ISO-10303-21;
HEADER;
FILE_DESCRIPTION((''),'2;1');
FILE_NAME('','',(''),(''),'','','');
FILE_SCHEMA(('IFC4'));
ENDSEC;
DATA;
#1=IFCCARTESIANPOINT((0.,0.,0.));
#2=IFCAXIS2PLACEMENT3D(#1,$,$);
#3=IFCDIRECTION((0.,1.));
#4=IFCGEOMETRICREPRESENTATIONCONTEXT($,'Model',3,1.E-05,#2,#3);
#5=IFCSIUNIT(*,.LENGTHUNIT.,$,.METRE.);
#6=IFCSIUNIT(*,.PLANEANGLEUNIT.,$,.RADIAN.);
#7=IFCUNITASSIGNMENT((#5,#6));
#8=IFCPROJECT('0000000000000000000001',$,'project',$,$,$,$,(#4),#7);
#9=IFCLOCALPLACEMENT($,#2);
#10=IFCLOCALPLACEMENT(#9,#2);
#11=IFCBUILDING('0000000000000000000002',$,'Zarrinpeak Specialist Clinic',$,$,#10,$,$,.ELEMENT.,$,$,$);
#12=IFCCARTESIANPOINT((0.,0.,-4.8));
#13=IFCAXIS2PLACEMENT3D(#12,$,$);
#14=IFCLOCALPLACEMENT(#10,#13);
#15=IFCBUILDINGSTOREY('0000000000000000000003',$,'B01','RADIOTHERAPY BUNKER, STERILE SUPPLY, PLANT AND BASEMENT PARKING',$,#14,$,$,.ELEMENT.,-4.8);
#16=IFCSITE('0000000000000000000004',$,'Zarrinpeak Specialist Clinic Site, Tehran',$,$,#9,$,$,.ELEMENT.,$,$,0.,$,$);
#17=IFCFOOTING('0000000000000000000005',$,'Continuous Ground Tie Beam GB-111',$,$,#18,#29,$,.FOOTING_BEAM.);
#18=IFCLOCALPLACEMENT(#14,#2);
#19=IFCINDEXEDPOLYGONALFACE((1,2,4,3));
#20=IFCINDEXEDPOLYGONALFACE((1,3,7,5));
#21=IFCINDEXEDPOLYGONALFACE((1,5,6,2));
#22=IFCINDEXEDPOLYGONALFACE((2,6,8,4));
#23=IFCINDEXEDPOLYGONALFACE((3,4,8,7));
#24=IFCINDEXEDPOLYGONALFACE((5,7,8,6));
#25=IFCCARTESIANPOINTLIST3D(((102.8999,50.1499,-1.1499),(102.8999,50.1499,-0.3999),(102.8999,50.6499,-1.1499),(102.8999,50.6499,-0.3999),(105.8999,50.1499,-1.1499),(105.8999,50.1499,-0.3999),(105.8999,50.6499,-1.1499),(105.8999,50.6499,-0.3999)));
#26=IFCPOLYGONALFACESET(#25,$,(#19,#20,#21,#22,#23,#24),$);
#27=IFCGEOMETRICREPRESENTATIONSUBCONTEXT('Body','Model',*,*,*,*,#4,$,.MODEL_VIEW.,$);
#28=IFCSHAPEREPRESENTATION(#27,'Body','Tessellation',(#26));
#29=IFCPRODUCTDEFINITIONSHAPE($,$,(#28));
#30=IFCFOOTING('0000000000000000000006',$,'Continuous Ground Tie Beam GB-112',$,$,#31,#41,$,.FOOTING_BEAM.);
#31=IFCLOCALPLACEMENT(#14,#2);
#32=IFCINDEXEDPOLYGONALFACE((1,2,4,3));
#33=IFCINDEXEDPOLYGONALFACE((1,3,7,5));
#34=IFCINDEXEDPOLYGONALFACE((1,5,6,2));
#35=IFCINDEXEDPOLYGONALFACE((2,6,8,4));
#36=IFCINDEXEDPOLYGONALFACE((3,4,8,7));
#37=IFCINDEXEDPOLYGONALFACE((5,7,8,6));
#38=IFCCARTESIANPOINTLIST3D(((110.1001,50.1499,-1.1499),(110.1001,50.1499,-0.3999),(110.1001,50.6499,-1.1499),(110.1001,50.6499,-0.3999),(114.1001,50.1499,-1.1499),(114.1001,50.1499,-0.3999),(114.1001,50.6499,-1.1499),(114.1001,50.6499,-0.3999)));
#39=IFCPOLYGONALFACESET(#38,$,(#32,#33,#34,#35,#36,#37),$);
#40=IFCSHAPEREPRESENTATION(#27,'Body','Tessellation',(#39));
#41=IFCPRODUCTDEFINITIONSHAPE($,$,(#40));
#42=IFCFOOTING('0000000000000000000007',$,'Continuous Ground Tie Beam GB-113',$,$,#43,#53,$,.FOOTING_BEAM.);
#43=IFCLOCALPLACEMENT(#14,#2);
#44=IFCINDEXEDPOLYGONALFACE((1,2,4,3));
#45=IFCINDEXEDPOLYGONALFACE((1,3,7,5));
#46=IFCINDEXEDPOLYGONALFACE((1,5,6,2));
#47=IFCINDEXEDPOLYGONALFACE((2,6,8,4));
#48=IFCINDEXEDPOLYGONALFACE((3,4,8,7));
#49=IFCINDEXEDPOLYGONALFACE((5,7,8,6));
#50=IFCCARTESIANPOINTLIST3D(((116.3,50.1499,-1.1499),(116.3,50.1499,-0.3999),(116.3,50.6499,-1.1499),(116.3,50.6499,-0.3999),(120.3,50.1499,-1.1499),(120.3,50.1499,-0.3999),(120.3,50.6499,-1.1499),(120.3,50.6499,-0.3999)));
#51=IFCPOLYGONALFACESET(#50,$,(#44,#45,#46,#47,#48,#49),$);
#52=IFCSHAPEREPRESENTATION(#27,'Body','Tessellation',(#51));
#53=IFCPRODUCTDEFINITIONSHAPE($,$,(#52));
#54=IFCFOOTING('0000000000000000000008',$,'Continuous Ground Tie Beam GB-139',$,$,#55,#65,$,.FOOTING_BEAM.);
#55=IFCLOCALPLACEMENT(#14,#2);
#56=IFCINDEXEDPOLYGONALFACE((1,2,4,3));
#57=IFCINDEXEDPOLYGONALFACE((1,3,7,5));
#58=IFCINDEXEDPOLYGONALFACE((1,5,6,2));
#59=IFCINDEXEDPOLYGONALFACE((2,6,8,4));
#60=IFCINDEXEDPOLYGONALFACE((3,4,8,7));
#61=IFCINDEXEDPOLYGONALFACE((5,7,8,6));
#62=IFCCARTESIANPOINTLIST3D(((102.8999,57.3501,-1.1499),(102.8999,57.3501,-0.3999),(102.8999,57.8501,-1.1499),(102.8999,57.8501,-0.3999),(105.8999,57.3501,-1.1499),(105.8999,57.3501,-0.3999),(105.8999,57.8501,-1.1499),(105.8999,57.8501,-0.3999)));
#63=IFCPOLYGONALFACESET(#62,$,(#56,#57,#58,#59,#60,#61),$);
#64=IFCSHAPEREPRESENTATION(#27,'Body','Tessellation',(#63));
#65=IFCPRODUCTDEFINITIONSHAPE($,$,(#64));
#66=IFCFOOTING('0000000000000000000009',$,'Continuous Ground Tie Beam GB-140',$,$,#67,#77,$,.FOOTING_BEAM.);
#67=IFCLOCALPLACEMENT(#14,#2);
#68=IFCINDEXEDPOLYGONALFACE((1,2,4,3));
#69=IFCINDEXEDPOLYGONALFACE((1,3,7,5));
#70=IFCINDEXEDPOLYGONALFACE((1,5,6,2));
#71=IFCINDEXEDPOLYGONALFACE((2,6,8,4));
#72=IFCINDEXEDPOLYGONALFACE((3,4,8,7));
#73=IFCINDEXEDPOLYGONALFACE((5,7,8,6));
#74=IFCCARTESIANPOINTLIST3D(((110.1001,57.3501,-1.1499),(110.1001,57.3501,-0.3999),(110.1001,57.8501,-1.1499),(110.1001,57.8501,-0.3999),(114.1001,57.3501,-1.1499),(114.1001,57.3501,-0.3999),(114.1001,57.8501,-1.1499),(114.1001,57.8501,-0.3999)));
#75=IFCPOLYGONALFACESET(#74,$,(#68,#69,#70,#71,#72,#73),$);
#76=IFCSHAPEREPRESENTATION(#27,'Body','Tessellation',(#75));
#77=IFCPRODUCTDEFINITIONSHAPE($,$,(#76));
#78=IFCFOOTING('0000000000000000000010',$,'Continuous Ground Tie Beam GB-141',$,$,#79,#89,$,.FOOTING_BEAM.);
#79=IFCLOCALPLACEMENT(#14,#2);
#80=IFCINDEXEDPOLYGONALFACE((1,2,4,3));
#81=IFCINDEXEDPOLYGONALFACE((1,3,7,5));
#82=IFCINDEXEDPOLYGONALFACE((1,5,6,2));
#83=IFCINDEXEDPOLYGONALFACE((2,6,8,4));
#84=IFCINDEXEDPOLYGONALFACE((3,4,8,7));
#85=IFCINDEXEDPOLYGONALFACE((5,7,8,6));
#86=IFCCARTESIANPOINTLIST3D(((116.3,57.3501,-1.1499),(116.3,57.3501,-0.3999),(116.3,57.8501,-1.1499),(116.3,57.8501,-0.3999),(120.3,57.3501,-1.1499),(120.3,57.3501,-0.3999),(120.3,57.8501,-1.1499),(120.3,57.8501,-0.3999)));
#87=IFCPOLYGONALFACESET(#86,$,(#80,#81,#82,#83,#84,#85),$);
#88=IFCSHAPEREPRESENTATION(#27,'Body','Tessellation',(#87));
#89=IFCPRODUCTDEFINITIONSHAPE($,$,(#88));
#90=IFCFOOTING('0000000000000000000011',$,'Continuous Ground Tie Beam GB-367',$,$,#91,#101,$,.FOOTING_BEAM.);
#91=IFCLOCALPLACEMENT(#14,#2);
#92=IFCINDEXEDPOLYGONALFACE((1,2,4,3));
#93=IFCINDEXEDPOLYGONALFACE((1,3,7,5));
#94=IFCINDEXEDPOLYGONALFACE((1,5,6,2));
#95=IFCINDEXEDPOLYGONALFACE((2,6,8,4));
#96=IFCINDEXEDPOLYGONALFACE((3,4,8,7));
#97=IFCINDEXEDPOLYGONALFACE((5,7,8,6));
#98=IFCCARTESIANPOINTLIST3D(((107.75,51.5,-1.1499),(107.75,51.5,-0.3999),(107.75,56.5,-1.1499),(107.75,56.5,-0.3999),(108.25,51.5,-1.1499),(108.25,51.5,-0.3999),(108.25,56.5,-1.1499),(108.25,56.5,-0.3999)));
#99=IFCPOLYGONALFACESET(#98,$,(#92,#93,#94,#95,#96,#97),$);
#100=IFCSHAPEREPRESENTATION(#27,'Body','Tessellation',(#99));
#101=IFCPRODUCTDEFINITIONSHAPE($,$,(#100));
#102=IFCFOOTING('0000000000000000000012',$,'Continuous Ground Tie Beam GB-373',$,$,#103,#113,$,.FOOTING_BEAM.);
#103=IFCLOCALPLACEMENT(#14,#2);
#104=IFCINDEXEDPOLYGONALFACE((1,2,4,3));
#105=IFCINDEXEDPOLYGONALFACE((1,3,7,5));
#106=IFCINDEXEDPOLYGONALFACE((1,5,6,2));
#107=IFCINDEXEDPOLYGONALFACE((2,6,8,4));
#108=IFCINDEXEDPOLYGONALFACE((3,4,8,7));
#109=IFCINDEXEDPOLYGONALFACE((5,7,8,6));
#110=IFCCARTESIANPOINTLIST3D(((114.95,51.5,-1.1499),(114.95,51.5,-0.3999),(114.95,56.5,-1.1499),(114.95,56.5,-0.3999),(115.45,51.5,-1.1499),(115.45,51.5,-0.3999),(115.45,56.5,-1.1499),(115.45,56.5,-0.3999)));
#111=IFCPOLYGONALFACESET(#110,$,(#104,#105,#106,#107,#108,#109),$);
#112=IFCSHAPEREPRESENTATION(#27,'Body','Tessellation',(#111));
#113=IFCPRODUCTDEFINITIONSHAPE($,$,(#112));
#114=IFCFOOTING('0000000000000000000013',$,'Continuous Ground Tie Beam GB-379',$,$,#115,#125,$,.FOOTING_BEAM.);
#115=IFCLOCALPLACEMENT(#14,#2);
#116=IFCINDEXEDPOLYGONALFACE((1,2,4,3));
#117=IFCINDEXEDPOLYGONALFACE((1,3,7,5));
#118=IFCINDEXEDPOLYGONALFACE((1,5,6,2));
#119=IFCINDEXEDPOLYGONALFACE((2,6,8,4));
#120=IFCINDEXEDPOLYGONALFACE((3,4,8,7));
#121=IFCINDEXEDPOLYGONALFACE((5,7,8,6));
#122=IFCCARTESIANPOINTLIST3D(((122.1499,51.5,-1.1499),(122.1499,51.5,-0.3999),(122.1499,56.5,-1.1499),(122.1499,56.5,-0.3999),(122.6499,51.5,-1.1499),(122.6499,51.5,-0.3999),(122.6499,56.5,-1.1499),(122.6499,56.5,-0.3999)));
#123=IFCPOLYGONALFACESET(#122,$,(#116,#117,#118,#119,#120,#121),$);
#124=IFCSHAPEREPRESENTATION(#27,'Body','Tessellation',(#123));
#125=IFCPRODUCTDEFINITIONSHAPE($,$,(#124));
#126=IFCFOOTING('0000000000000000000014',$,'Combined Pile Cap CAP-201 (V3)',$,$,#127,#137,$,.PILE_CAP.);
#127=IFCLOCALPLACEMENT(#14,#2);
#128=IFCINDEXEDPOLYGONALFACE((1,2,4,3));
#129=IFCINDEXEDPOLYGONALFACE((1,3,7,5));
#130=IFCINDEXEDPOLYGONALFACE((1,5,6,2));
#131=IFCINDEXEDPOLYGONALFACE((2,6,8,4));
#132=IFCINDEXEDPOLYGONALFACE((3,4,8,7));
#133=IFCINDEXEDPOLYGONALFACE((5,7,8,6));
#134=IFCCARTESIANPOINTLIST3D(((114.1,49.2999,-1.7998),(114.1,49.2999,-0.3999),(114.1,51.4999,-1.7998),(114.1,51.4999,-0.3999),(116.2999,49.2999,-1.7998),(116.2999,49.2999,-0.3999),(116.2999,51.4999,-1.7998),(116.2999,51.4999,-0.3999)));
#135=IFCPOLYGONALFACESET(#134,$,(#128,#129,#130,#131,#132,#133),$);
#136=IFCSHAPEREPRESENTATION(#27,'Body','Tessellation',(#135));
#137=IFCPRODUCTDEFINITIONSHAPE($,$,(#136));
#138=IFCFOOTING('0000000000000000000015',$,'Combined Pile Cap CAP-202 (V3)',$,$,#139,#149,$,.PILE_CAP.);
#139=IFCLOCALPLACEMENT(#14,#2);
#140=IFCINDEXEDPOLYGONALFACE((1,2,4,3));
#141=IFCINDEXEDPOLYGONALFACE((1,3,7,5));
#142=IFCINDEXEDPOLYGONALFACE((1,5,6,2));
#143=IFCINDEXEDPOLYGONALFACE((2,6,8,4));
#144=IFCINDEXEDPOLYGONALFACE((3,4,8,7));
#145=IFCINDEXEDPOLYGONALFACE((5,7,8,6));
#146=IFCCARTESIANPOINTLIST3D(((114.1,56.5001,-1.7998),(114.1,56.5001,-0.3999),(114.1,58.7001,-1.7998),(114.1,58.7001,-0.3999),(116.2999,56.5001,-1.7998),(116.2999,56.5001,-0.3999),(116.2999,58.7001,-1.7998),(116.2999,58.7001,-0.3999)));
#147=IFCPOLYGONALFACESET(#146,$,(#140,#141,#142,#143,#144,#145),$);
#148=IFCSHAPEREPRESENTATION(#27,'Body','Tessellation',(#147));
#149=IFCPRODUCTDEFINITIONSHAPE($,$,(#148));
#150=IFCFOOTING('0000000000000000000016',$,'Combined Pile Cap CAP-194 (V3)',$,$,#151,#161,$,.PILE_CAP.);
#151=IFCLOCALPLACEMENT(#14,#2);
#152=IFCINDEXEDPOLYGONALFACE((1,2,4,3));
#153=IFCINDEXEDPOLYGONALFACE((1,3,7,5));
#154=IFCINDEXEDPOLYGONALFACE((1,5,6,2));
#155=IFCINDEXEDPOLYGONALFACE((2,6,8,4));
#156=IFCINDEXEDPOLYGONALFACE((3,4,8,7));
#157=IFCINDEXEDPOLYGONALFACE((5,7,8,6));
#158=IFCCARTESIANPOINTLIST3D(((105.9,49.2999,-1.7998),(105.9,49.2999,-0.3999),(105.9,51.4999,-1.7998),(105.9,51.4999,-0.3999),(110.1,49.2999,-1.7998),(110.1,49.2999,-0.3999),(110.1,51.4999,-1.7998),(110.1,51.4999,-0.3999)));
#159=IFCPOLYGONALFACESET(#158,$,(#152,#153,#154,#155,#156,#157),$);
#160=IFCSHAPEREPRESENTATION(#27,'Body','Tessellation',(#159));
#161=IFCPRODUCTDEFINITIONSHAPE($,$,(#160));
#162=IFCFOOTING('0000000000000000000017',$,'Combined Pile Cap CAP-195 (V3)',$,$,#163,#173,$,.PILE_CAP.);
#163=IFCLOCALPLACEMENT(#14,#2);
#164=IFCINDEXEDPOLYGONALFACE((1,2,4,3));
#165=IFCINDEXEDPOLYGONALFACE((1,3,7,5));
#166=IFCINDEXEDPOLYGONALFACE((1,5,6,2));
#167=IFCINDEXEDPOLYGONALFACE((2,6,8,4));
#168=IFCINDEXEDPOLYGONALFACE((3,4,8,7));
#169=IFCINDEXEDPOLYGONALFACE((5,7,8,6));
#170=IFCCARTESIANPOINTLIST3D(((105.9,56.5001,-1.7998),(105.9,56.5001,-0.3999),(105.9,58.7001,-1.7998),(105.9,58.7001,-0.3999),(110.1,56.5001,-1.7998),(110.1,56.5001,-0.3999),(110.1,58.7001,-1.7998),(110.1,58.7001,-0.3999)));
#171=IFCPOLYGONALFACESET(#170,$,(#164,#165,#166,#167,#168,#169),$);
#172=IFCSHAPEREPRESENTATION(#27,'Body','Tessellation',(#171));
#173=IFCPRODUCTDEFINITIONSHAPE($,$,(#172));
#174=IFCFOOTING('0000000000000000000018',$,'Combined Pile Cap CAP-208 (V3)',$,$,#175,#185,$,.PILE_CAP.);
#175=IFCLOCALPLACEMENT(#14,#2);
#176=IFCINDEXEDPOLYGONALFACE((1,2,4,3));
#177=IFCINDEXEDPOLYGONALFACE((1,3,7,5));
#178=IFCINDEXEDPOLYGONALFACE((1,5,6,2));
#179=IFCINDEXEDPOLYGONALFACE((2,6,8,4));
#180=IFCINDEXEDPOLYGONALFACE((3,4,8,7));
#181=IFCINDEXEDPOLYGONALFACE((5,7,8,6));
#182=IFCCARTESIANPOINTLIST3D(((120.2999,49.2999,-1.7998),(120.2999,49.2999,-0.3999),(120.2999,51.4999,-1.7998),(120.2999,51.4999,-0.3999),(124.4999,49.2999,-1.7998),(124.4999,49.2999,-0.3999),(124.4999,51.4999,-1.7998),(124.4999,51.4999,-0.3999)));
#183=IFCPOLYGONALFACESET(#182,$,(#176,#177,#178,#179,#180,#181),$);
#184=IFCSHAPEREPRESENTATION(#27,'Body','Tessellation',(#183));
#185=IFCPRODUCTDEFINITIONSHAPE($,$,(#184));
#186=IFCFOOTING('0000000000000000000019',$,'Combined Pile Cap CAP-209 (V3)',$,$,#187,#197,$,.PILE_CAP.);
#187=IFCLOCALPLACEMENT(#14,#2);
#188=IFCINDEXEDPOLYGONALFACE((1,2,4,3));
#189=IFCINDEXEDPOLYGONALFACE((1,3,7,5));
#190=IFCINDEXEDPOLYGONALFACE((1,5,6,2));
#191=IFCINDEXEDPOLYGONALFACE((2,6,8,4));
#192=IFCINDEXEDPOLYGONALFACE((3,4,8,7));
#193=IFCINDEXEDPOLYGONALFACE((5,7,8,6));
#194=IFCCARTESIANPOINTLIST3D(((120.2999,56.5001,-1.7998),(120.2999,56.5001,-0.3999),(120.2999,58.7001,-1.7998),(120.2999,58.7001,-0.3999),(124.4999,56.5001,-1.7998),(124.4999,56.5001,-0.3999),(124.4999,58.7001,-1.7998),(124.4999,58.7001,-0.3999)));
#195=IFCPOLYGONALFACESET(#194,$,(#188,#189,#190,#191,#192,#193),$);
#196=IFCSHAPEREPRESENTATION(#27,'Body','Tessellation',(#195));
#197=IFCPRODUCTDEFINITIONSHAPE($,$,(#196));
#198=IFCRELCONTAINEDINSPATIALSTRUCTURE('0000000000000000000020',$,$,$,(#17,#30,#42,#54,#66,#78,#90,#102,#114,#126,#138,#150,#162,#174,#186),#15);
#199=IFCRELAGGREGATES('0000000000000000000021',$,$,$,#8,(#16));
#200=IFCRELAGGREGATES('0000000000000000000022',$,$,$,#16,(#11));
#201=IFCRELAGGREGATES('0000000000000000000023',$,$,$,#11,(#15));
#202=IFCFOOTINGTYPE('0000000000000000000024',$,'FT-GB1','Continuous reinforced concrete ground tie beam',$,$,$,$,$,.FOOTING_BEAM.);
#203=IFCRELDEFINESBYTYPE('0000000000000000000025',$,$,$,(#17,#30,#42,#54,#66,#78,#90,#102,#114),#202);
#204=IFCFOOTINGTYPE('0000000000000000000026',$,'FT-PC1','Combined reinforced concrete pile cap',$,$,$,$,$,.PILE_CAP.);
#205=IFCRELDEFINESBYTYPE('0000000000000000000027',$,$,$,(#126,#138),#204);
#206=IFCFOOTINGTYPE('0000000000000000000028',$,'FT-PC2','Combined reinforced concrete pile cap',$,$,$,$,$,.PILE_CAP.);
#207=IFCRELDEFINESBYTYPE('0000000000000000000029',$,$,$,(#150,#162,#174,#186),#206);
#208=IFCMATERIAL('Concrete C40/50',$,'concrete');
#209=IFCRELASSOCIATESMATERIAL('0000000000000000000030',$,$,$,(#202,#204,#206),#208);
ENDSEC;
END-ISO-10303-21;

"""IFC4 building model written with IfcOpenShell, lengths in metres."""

from ifc_helpers import new_model, si_unit, direction, frame, origin, origin_2d, place, context, subcontext, project, spatial, rectangle, extrude, material, material_profile, profile_set, type_object, element, save


model = new_model("IFC4")

# Units and contexts
model_context = context("Model", 3, precision=1e-05, world=origin(), true_north=direction((0.0, 1.0)))
body_context = subcontext(model_context, "Body", "Model", "MODEL_VIEW")
ifc_project = project(units=[si_unit("LENGTHUNIT", "METRE"), si_unit("PLANEANGLEUNIT", "RADIAN")], contexts=[model_context])

# Site, building, storey
site_placement = place(None, origin())
site = spatial("IfcSite", under=ifc_project, at=site_placement, Name="Zarrinpeak Specialist Clinic Site, Tehran", CompositionType="ELEMENT", RefElevation=0.0)
building_placement = place(site_placement, origin())
building = spatial("IfcBuilding", under=site, at=building_placement, Name="Zarrinpeak Specialist Clinic", CompositionType="ELEMENT")
storey_placement = place(building_placement, frame((0.0, 0.0, -4.8)))
storey = spatial("IfcBuildingStorey", under=building, at=storey_placement, Name="B01", Description="RADIOTHERAPY BUNKER, STERILE SUPPLY, PLANT AND BASEMENT PARKING", CompositionType="ELEMENT", Elevation=-4.8)

# Footings
ifc_material_1 = material(Name="Concrete C40/50", Category="concrete")
ifc_material_profile_1 = material_profile(ifc_material_1, rectangle(XDim=0.5, YDim=0.75, at=origin_2d()), Name="RC 500x750")
ifc_profile_set_1 = profile_set([ifc_material_profile_1], Name="Concrete C40/50")
footing_type_1 = type_object("IfcFootingType", Name="FT-GB1", Description="Continuous reinforced concrete ground tie beam", PredefinedType="FOOTING_BEAM", material=ifc_profile_set_1)
footing_1_placement = place(storey_placement, frame((102.8999, 50.3999, -0.7749), z_axis=(1.0, 0.0, 0.0), x_axis=(0.0, 1.0, 0.0)))
element("IfcFooting", 1, at=footing_1_placement, inside=storey, type_object=footing_type_1, Name="Continuous Ground Tie Beam GB-111", PredefinedType="FOOTING_BEAM", context=body_context, shape_type="SweptSolid", body=[
    extrude(rectangle(XDim=0.5, YDim=0.75, at=origin_2d()), origin(), (0.0, 0.0, 1.0), 3.0),
])
for number, where, z_axis, x_axis, name in (
    (2, (110.1001, 50.3999, -0.7749), (1.0, 0.0, 0.0), (0.0, 1.0, 0.0), "Continuous Ground Tie Beam GB-112"),
    (3, (116.3, 50.3999, -0.7749), (1.0, 0.0, 0.0), (0.0, 1.0, 0.0), "Continuous Ground Tie Beam GB-113"),
):
    element("IfcFooting", number, at=place(storey_placement, frame(where, z_axis=z_axis, x_axis=x_axis)), inside=storey, type_object=footing_type_1, Name=name, PredefinedType="FOOTING_BEAM", context=body_context, shape_type="SweptSolid", body=[
        extrude(rectangle(XDim=0.5, YDim=0.75, at=origin_2d()), origin(), (0.0, 0.0, 1.0), 4.0),
    ])
footing_2_placement = place(storey_placement, frame((102.8999, 57.6001, -0.7749), z_axis=(1.0, 0.0, 0.0), x_axis=(0.0, 1.0, 0.0)))
element("IfcFooting", 4, at=footing_2_placement, inside=storey, type_object=footing_type_1, Name="Continuous Ground Tie Beam GB-139", PredefinedType="FOOTING_BEAM", context=body_context, shape_type="SweptSolid", body=[
    extrude(rectangle(XDim=0.5, YDim=0.75, at=origin_2d()), origin(), (0.0, 0.0, 1.0), 3.0),
])
for number, where, z_axis, x_axis, name in (
    (5, (110.1001, 57.6001, -0.7749), (1.0, 0.0, 0.0), (0.0, 1.0, 0.0), "Continuous Ground Tie Beam GB-140"),
    (6, (116.3, 57.6001, -0.7749), (1.0, 0.0, 0.0), (0.0, 1.0, 0.0), "Continuous Ground Tie Beam GB-141"),
):
    element("IfcFooting", number, at=place(storey_placement, frame(where, z_axis=z_axis, x_axis=x_axis)), inside=storey, type_object=footing_type_1, Name=name, PredefinedType="FOOTING_BEAM", context=body_context, shape_type="SweptSolid", body=[
        extrude(rectangle(XDim=0.5, YDim=0.75, at=origin_2d()), origin(), (0.0, 0.0, 1.0), 4.0),
    ])
for number, where, z_axis, x_axis, name in (
    (7, (108.0, 51.5, -0.7749), (0.0, 1.0, 0.0), (-1.0, 0.0, 0.0), "Continuous Ground Tie Beam GB-367"),
    (8, (115.2, 51.5, -0.7749), (0.0, 1.0, 0.0), (-1.0, 0.0, 0.0), "Continuous Ground Tie Beam GB-373"),
    (9, (122.3999, 51.5, -0.7749), (0.0, 1.0, 0.0), (-1.0, 0.0, 0.0), "Continuous Ground Tie Beam GB-379"),
):
    element("IfcFooting", number, at=place(storey_placement, frame(where, z_axis=z_axis, x_axis=x_axis)), inside=storey, type_object=footing_type_1, Name=name, PredefinedType="FOOTING_BEAM", context=body_context, shape_type="SweptSolid", body=[
        extrude(rectangle(XDim=0.5, YDim=0.75, at=origin_2d()), origin(), (0.0, 0.0, 1.0), 5.0),
    ])
footing_type_2 = type_object("IfcFootingType", Name="FT-PC1", Description="Combined reinforced concrete pile cap", PredefinedType="PILE_CAP", material=ifc_material_1)
for number, where, z_axis, x_axis, name in (
    (10, (115.2, 50.3999, -1.7998), (0.0, 0.0, 1.0), (1.0, 0.0, 0.0), "Combined Pile Cap CAP-201 (V3)"),
    (11, (115.2, 57.6001, -1.7998), (0.0, 0.0, 1.0), (1.0, 0.0, 0.0), "Combined Pile Cap CAP-202 (V3)"),
):
    element("IfcFooting", number, at=place(storey_placement, frame(where, z_axis=z_axis, x_axis=x_axis)), inside=storey, type_object=footing_type_2, Name=name, PredefinedType="PILE_CAP", context=body_context, shape_type="SweptSolid", body=[
        extrude(rectangle(XDim=2.2, YDim=2.2, at=origin_2d()), origin(), (0.0, 0.0, 1.0), 1.3999),
    ])
footing_type_3 = type_object("IfcFootingType", Name="FT-PC2", Description="Combined reinforced concrete pile cap", PredefinedType="PILE_CAP", material=ifc_material_1)
for number, where, z_axis, x_axis, name in (
    (12, (108.0, 50.3999, -1.7998), (0.0, 0.0, 1.0), (1.0, 0.0, 0.0), "Combined Pile Cap CAP-194 (V3)"),
    (13, (108.0, 57.6001, -1.7998), (0.0, 0.0, 1.0), (1.0, 0.0, 0.0), "Combined Pile Cap CAP-195 (V3)"),
    (14, (122.3999, 50.3999, -1.7998), (0.0, 0.0, 1.0), (1.0, 0.0, 0.0), "Combined Pile Cap CAP-208 (V3)"),
    (15, (122.3999, 57.6001, -1.7998), (0.0, 0.0, 1.0), (1.0, 0.0, 0.0), "Combined Pile Cap CAP-209 (V3)"),
):
    element("IfcFooting", number, at=place(storey_placement, frame(where, z_axis=z_axis, x_axis=x_axis)), inside=storey, type_object=footing_type_3, Name=name, PredefinedType="PILE_CAP", context=body_context, shape_type="SweptSolid", body=[
        extrude(rectangle(XDim=4.2, YDim=2.2, at=origin_2d()), origin(), (0.0, 0.0, 1.0), 1.3999),
    ])

save(model, "model.ifc")
